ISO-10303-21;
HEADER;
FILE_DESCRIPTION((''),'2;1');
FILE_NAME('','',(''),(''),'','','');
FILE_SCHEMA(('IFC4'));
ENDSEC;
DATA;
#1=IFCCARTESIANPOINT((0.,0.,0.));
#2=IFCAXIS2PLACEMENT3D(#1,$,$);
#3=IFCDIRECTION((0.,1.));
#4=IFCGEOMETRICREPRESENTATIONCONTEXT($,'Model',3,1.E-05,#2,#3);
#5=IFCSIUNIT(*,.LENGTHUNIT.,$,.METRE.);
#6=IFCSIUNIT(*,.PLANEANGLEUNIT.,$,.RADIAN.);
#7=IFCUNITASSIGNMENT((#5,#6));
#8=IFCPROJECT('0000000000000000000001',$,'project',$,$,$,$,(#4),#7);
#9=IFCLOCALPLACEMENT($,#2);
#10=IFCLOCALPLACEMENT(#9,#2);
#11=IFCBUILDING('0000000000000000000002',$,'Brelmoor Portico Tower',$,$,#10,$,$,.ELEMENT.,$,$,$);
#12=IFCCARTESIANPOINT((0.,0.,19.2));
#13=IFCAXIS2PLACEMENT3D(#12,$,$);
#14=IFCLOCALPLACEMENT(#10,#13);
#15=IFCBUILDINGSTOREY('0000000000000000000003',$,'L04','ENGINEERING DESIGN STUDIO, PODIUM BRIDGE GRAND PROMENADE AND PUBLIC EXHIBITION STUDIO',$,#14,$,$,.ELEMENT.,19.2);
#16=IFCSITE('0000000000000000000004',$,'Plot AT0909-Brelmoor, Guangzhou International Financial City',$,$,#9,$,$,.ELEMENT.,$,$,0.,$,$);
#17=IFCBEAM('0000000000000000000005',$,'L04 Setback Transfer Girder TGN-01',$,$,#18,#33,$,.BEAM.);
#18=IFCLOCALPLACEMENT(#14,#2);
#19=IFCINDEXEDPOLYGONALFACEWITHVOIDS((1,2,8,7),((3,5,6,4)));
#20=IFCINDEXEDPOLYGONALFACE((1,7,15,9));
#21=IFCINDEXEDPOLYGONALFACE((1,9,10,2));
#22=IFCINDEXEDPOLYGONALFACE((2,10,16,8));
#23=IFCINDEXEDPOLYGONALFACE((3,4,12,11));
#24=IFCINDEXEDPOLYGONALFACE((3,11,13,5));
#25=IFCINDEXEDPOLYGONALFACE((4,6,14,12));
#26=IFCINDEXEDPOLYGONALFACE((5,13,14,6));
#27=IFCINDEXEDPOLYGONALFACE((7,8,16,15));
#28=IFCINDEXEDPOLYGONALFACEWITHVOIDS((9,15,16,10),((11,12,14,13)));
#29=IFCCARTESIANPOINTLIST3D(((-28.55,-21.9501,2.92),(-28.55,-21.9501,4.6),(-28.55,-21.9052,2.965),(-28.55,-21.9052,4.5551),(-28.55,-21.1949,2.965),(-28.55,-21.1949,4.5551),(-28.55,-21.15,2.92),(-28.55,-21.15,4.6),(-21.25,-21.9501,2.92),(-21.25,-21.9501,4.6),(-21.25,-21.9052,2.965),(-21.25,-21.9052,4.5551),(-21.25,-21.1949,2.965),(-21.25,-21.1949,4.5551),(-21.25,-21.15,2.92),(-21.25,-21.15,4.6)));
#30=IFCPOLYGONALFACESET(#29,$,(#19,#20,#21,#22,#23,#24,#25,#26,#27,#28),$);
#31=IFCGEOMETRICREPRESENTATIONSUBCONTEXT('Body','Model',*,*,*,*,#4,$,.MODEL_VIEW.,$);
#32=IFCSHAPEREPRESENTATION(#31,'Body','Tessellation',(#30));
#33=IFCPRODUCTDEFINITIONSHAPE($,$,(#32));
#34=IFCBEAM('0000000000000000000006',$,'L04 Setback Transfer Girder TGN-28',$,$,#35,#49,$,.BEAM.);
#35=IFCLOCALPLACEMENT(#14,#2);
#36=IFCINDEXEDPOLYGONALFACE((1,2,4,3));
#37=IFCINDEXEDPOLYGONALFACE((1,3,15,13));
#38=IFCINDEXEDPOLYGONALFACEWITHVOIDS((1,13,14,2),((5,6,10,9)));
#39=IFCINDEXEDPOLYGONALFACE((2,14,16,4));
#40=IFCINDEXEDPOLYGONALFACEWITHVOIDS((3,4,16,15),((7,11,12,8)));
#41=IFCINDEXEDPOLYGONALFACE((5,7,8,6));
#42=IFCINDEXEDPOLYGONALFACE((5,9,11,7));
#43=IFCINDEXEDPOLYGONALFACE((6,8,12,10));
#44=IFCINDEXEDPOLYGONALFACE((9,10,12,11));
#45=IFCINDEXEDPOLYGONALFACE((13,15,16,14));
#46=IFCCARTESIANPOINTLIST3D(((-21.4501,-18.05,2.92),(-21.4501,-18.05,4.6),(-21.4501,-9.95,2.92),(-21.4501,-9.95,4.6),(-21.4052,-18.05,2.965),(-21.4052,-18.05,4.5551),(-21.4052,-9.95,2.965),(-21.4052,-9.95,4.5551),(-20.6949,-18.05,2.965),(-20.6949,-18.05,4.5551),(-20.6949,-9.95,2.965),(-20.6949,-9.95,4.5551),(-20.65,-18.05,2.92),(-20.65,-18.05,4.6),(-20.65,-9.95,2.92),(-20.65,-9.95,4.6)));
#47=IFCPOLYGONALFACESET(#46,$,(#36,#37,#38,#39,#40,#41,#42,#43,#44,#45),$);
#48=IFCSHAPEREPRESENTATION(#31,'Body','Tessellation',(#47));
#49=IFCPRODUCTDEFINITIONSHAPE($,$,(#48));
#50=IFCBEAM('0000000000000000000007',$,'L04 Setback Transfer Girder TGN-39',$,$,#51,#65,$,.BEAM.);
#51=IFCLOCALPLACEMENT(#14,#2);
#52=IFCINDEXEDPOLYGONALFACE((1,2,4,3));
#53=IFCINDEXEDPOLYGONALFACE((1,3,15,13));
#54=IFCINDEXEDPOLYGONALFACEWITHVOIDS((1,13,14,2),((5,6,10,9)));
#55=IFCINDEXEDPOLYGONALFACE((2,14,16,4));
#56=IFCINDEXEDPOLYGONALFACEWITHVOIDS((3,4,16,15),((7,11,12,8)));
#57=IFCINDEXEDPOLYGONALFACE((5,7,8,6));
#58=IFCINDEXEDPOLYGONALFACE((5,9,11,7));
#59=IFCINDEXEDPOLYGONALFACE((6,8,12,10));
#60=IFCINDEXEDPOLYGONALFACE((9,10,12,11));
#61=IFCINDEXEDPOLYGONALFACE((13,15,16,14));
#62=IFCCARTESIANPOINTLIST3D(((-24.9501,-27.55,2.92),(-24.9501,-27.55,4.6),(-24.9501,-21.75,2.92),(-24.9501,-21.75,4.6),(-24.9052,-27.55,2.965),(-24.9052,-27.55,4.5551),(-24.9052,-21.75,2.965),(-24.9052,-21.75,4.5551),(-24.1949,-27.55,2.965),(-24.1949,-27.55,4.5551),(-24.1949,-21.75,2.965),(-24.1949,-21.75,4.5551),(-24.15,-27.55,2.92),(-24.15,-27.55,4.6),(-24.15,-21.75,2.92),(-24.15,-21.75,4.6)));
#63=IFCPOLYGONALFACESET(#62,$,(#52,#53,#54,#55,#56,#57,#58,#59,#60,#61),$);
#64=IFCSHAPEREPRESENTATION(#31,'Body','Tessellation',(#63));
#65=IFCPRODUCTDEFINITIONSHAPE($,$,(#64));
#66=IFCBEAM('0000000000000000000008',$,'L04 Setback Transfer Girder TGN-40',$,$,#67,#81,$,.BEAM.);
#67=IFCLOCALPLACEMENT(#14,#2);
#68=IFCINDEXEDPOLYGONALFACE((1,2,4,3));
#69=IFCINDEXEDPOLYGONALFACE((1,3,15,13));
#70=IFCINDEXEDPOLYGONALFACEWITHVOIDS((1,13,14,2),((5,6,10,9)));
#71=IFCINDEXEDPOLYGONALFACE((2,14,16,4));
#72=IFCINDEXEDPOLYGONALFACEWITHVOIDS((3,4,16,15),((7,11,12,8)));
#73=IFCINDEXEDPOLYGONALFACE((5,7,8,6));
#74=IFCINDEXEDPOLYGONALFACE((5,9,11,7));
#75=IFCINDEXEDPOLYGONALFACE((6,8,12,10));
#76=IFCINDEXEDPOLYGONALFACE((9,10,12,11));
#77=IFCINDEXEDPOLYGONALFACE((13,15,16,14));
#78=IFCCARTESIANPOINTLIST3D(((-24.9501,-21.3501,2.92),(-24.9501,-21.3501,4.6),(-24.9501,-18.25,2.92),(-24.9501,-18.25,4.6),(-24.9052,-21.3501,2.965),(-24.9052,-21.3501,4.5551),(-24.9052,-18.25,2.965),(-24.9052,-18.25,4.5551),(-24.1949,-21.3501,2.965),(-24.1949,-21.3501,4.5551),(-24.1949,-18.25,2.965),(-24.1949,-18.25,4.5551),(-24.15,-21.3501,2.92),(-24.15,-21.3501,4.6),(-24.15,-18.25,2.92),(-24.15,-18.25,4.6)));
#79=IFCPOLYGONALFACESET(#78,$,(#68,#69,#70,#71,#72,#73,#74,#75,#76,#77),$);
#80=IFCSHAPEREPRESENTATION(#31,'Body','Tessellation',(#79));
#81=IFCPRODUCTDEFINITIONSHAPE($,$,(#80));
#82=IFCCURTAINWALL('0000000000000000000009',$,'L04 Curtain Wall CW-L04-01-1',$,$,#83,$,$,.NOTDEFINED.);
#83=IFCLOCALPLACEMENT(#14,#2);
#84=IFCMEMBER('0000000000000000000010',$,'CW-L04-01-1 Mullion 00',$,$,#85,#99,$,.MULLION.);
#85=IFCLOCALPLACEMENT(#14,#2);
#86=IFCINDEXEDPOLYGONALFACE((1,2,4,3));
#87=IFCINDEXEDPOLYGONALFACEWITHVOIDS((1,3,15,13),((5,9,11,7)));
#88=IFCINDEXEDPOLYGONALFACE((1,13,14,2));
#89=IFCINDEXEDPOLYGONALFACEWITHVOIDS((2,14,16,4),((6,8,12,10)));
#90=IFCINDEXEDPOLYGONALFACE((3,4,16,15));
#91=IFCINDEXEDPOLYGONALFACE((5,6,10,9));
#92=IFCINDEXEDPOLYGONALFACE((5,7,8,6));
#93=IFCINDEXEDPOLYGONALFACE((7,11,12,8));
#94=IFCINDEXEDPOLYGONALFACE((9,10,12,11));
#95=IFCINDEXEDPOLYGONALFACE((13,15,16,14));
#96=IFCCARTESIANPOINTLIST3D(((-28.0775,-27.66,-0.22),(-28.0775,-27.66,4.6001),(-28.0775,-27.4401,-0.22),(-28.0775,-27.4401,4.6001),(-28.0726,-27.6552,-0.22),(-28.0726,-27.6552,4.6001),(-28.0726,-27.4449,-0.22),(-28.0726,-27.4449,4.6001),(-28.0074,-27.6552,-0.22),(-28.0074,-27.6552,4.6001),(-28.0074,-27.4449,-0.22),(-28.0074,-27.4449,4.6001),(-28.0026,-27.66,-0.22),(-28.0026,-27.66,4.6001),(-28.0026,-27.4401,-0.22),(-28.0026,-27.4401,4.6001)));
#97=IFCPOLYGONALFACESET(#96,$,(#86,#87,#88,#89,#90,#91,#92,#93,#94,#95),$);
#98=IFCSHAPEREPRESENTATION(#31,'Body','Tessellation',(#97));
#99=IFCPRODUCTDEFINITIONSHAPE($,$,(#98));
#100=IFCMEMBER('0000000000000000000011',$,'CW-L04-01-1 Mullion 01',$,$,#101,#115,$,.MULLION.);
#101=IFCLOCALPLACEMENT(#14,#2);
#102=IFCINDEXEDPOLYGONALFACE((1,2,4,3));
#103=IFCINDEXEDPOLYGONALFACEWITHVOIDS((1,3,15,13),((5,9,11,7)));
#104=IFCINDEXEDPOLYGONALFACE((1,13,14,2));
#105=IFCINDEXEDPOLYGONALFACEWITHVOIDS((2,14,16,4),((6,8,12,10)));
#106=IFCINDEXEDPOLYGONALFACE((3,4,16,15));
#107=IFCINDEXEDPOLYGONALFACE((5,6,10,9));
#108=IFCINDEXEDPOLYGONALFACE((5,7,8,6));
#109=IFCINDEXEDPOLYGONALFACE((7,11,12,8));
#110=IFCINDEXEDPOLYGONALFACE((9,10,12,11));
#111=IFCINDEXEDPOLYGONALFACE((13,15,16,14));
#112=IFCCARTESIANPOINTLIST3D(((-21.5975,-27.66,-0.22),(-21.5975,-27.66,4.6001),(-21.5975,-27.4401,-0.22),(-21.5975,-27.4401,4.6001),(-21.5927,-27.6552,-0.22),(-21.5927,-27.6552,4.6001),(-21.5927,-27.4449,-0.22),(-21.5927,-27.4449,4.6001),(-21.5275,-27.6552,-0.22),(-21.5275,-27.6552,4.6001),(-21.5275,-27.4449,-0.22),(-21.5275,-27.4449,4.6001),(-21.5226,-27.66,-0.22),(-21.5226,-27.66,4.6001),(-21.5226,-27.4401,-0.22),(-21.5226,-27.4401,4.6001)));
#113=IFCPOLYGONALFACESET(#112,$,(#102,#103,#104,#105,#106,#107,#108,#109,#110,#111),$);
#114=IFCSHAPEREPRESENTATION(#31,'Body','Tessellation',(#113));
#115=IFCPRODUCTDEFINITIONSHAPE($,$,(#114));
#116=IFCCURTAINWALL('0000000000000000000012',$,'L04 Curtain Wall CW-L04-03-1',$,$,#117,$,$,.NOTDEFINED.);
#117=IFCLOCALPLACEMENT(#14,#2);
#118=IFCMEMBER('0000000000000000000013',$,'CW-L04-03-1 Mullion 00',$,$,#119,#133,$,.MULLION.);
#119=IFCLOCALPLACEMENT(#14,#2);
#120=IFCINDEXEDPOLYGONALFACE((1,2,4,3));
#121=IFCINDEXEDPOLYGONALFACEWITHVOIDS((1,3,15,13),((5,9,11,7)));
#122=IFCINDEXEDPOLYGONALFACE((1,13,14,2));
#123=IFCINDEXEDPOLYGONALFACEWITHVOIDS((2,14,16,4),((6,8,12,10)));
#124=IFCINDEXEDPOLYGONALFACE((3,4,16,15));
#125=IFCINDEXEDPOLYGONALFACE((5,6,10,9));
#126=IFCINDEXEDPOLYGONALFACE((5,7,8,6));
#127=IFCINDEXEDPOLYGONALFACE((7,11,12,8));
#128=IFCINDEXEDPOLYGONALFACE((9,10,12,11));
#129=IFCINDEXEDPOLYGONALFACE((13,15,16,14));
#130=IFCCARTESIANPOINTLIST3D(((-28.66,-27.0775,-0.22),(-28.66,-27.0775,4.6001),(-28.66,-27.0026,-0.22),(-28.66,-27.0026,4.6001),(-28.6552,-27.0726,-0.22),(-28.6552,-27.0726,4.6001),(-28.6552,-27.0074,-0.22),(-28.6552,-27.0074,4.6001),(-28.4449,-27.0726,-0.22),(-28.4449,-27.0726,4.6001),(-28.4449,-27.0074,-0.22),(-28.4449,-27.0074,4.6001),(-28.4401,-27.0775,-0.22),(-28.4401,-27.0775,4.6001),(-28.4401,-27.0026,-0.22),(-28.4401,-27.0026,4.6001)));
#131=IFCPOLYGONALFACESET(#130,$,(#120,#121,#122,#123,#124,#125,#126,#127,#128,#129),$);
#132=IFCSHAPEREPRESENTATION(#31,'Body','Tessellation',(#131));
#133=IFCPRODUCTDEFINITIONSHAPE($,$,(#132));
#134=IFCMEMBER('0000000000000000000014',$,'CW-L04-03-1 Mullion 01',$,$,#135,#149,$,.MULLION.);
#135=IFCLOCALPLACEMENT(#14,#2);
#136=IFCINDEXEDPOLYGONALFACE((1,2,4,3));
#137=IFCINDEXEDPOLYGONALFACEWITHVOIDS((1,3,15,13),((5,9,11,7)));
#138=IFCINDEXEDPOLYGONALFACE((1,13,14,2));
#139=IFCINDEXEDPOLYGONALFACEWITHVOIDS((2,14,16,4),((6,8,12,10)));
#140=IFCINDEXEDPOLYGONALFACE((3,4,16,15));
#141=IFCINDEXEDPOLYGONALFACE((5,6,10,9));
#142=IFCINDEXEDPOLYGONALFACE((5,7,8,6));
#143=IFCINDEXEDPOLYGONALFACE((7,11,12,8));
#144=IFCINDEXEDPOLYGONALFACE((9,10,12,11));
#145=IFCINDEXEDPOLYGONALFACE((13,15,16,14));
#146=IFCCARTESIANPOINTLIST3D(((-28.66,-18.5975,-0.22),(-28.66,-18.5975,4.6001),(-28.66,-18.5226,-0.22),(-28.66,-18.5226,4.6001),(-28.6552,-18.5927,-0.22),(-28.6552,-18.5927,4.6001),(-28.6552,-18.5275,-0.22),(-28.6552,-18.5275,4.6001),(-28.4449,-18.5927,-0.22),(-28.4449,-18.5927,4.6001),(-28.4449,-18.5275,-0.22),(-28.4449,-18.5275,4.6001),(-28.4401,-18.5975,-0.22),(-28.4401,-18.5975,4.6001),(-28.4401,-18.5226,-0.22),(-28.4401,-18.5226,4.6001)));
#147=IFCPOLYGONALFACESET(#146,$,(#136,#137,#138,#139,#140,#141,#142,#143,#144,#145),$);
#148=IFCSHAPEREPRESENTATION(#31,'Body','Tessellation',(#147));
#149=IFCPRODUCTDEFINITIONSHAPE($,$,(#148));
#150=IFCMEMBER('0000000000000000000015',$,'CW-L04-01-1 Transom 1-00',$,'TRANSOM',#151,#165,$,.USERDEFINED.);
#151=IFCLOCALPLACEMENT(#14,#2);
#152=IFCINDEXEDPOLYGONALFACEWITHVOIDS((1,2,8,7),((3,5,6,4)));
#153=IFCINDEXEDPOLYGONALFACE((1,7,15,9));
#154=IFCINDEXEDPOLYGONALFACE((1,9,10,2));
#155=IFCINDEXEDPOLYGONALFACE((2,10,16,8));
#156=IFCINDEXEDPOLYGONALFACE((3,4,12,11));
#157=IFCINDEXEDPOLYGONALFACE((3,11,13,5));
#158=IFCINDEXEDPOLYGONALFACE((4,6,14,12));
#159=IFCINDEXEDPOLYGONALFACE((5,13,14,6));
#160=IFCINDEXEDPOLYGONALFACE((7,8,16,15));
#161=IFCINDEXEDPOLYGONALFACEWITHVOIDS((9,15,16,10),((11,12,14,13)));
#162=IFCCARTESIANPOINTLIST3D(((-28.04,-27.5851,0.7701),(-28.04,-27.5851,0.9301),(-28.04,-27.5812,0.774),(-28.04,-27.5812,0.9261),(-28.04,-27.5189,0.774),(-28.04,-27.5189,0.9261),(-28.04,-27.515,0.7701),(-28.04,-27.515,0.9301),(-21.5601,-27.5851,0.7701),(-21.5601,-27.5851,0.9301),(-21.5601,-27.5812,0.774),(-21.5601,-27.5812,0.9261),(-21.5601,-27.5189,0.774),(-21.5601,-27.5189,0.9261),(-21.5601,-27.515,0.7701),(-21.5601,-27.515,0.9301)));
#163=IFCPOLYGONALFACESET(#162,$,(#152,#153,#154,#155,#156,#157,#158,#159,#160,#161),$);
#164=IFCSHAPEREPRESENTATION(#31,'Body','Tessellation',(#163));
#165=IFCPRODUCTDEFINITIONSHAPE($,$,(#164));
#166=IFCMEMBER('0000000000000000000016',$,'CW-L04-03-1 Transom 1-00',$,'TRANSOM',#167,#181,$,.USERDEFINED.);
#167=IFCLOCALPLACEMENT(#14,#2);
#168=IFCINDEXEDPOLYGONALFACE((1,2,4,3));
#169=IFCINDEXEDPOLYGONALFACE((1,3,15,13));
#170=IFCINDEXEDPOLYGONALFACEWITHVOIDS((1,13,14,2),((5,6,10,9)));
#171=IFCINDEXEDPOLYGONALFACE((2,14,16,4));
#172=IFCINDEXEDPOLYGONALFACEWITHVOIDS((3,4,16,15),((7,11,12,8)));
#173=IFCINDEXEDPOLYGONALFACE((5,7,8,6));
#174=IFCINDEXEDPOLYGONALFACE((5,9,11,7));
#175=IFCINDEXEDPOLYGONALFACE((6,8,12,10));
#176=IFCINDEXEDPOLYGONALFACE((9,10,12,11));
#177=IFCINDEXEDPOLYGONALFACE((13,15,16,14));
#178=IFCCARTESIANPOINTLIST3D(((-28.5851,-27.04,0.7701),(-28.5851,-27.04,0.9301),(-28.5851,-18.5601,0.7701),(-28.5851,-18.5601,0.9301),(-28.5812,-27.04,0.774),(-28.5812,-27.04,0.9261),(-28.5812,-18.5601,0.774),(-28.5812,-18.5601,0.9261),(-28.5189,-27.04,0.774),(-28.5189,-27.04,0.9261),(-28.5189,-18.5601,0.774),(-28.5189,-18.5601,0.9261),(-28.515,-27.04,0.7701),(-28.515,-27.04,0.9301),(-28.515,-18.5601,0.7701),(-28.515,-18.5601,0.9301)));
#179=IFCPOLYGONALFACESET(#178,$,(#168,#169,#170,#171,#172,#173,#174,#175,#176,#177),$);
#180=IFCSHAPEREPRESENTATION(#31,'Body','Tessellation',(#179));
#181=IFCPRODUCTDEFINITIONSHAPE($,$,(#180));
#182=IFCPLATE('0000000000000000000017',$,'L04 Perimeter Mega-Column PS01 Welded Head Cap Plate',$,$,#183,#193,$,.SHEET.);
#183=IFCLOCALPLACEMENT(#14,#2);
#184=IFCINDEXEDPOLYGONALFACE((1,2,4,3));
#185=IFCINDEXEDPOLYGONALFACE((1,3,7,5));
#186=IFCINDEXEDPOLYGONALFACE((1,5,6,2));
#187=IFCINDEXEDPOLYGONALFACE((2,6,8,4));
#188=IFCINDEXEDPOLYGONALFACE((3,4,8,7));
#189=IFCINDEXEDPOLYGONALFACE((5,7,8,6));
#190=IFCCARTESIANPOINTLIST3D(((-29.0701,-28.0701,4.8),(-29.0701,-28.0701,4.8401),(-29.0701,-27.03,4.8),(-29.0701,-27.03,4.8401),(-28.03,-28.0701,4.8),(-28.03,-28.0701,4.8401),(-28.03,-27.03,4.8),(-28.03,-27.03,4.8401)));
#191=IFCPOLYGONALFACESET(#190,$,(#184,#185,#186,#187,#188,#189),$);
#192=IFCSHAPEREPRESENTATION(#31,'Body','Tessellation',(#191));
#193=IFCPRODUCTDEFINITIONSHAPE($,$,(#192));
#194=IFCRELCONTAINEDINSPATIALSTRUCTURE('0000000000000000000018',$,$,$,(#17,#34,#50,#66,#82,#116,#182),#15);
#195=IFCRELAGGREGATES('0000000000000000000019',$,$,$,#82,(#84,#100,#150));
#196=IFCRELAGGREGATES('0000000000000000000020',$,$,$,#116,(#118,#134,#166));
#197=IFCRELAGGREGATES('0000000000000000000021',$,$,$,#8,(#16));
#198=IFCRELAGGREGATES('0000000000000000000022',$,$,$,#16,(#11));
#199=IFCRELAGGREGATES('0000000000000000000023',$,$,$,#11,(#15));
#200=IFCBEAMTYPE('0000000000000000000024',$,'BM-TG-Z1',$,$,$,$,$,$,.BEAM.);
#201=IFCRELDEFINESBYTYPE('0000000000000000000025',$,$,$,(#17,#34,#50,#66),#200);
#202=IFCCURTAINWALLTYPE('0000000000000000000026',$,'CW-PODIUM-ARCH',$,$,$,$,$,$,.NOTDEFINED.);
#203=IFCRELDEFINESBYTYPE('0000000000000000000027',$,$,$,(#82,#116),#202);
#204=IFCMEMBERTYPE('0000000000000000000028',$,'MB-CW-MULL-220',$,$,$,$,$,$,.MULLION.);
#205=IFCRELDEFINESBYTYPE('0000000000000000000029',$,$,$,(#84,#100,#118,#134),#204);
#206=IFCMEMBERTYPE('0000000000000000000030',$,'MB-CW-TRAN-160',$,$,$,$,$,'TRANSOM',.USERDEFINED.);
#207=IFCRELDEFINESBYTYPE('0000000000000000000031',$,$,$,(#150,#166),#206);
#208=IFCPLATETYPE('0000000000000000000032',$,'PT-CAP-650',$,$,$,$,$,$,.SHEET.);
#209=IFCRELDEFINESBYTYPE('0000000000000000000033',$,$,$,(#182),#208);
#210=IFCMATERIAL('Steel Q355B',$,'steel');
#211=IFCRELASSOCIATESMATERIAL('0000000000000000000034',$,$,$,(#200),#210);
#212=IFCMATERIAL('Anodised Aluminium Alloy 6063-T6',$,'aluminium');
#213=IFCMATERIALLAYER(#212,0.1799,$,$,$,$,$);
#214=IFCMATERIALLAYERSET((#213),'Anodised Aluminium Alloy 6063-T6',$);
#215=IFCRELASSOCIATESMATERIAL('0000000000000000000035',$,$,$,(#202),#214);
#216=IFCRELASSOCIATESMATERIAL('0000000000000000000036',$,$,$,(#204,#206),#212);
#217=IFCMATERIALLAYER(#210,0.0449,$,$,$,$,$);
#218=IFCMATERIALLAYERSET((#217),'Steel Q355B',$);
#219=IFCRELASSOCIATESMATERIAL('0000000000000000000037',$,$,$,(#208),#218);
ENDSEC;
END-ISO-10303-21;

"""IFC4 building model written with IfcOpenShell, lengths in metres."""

from ifc_helpers import new_model, si_unit, direction, frame, origin, origin_2d, place, context, subcontext, project, spatial, rectangle, hollow_rectangle, extrude, material, layer, layer_set, material_profile, profile_set, type_object, element, aggregate, save


model = new_model("IFC4")

# Units and contexts
model_context = context("Model", 3, precision=1e-05, world=origin(), true_north=direction((0.0, 1.0)))
body_context = subcontext(model_context, "Body", "Model", "MODEL_VIEW")
ifc_project = project(units=[si_unit("LENGTHUNIT", "METRE"), si_unit("PLANEANGLEUNIT", "RADIAN")], contexts=[model_context])

# Site, building, storey
site_placement = place(None, origin())
site = spatial("IfcSite", under=ifc_project, at=site_placement, Name="Plot AT0909-Brelmoor, Guangzhou International Financial City", CompositionType="ELEMENT", RefElevation=0.0)
building_placement = place(site_placement, origin())
building = spatial("IfcBuilding", under=site, at=building_placement, Name="Brelmoor Portico Tower", CompositionType="ELEMENT")
storey_placement = place(building_placement, frame((0.0, 0.0, 19.2)))
storey = spatial("IfcBuildingStorey", under=building, at=storey_placement, Name="L04", Description="ENGINEERING DESIGN STUDIO, PODIUM BRIDGE GRAND PROMENADE AND PUBLIC EXHIBITION STUDIO", CompositionType="ELEMENT", Elevation=19.2)

# Shared definitions
ifc_material_1 = material(Name="Steel Q355B", Category="steel")

# Beams
ifc_material_profile_1 = material_profile(ifc_material_1, hollow_rectangle(XDim=0.8, YDim=1.6799, WallThickness=0.0449, at=origin_2d()), Name="BOX 800x1680x45")
ifc_profile_set_1 = profile_set([ifc_material_profile_1], Name="Steel Q355B")
beam_type = type_object("IfcBeamType", Name="BM-TG-Z1", PredefinedType="BEAM", material=ifc_profile_set_1)
beam_1_placement = place(storey_placement, frame((-28.55, -21.55, 3.76), z_axis=(1.0, 0.0, 0.0), x_axis=(0.0, 1.0, 0.0)))
element("IfcBeam", 1, at=beam_1_placement, inside=storey, type_object=beam_type, Name="L04 Setback Transfer Girder TGN-01", PredefinedType="BEAM", context=body_context, shape_type="SweptSolid", body=[
    extrude(hollow_rectangle(XDim=0.8, YDim=1.6799, WallThickness=0.0449, at=origin_2d()), origin(), (0.0, 0.0, 1.0), 7.3),
])
beam_2_placement = place(storey_placement, frame((-21.05, -18.05, 3.76), z_axis=(0.0, 1.0, 0.0), x_axis=(-1.0, 0.0, 0.0)))
element("IfcBeam", 2, at=beam_2_placement, inside=storey, type_object=beam_type, Name="L04 Setback Transfer Girder TGN-28", PredefinedType="BEAM", context=body_context, shape_type="SweptSolid", body=[
    extrude(hollow_rectangle(XDim=0.8, YDim=1.6799, WallThickness=0.0449, at=origin_2d()), origin(), (0.0, 0.0, 1.0), 8.1001),
])
beam_3_placement = place(storey_placement, frame((-24.55, -27.55, 3.76), z_axis=(0.0, 1.0, 0.0), x_axis=(-1.0, 0.0, 0.0)))
element("IfcBeam", 3, at=beam_3_placement, inside=storey, type_object=beam_type, Name="L04 Setback Transfer Girder TGN-39", PredefinedType="BEAM", context=body_context, shape_type="SweptSolid", body=[
    extrude(hollow_rectangle(XDim=0.8, YDim=1.6799, WallThickness=0.0449, at=origin_2d()), origin(), (0.0, 0.0, 1.0), 5.8),
])
beam_4_placement = place(storey_placement, frame((-24.55, -21.3501, 3.76), z_axis=(0.0, 1.0, 0.0), x_axis=(-1.0, 0.0, 0.0)))
element("IfcBeam", 4, at=beam_4_placement, inside=storey, type_object=beam_type, Name="L04 Setback Transfer Girder TGN-40", PredefinedType="BEAM", context=body_context, shape_type="SweptSolid", body=[
    extrude(hollow_rectangle(XDim=0.8, YDim=1.6799, WallThickness=0.0449, at=origin_2d()), origin(), (0.0, 0.0, 1.0), 3.1001),
])

# Curtain walls, members
ifc_material_2 = material(Name="Anodised Aluminium Alloy 6063-T6", Category="aluminium")
ifc_layer_1 = layer(ifc_material_2, 0.1799)
ifc_layer_set_1 = layer_set([ifc_layer_1], Name="Anodised Aluminium Alloy 6063-T6")
curtain_wall_type = type_object("IfcCurtainWallType", Name="CW-PODIUM-ARCH", PredefinedType="NOTDEFINED", material=ifc_layer_set_1)
curtain_wall_1_placement = place(storey_placement, origin())
curtain_wall_1 = element("IfcCurtainWall", 5, at=curtain_wall_1_placement, inside=storey, type_object=curtain_wall_type, Name="L04 Curtain Wall CW-L04-01-1", PredefinedType="NOTDEFINED")
ifc_material_profile_2 = material_profile(ifc_material_2, hollow_rectangle(XDim=0.075, YDim=0.22, WallThickness=0.0049, at=origin_2d()), Name="ALU MULLION 75x220")
ifc_profile_set_2 = profile_set([ifc_material_profile_2], Name="Anodised Aluminium Alloy 6063-T6")
member_type_1 = type_object("IfcMemberType", Name="MB-CW-MULL-220", PredefinedType="MULLION", material=ifc_profile_set_2)
member_1_placement = place(storey_placement, frame((-28.04, -27.55, -0.22), z_axis=(0.0, 0.0, 1.0), x_axis=(1.0, 0.0, 0.0)))
member_1 = element("IfcMember", 6, at=member_1_placement, type_object=member_type_1, Name="CW-L04-01-1 Mullion 00", PredefinedType="MULLION", context=body_context, shape_type="SweptSolid", body=[
    extrude(hollow_rectangle(XDim=0.075, YDim=0.22, WallThickness=0.0049, at=origin_2d()), origin(), (0.0, 0.0, 1.0), 4.8201),
])
member_2_placement = place(storey_placement, frame((-21.5601, -27.55, -0.22), z_axis=(0.0, 0.0, 1.0), x_axis=(1.0, 0.0, 0.0)))
member_2 = element("IfcMember", 7, at=member_2_placement, type_object=member_type_1, Name="CW-L04-01-1 Mullion 01", PredefinedType="MULLION", context=body_context, shape_type="SweptSolid", body=[
    extrude(hollow_rectangle(XDim=0.075, YDim=0.22, WallThickness=0.0049, at=origin_2d()), origin(), (0.0, 0.0, 1.0), 4.8201),
])
curtain_wall_2_placement = place(storey_placement, origin())
curtain_wall_2 = element("IfcCurtainWall", 8, at=curtain_wall_2_placement, inside=storey, type_object=curtain_wall_type, Name="L04 Curtain Wall CW-L04-03-1", PredefinedType="NOTDEFINED")
member_3_placement = place(storey_placement, frame((-28.55, -27.04, -0.22), z_axis=(0.0, 0.0, 1.0), x_axis=(0.0, 1.0, 0.0)))
member_3 = element("IfcMember", 9, at=member_3_placement, type_object=member_type_1, Name="CW-L04-03-1 Mullion 00", PredefinedType="MULLION", context=body_context, shape_type="SweptSolid", body=[
    extrude(hollow_rectangle(XDim=0.075, YDim=0.22, WallThickness=0.0049, at=origin_2d()), origin(), (0.0, 0.0, 1.0), 4.8201),
])
member_4_placement = place(storey_placement, frame((-28.55, -18.5601, -0.22), z_axis=(0.0, 0.0, 1.0), x_axis=(0.0, 1.0, 0.0)))
member_4 = element("IfcMember", 10, at=member_4_placement, type_object=member_type_1, Name="CW-L04-03-1 Mullion 01", PredefinedType="MULLION", context=body_context, shape_type="SweptSolid", body=[
    extrude(hollow_rectangle(XDim=0.075, YDim=0.22, WallThickness=0.0049, at=origin_2d()), origin(), (0.0, 0.0, 1.0), 4.8201),
])

# Members
ifc_material_profile_3 = material_profile(ifc_material_2, hollow_rectangle(XDim=0.0701, YDim=0.1599, WallThickness=0.0039, at=origin_2d()), Name="ALU TRANSOM 70x160")
ifc_profile_set_3 = profile_set([ifc_material_profile_3], Name="Anodised Aluminium Alloy 6063-T6")
member_type_2 = type_object("IfcMemberType", Name="MB-CW-TRAN-160", ElementType="TRANSOM", PredefinedType="USERDEFINED", material=ifc_profile_set_3)
member_5_placement = place(storey_placement, frame((-28.04, -27.55, 0.8501), z_axis=(1.0, 0.0, 0.0), x_axis=(0.0, 1.0, 0.0)))
member_5 = element("IfcMember", 11, at=member_5_placement, type_object=member_type_2, Name="CW-L04-01-1 Transom 1-00", ObjectType="TRANSOM", PredefinedType="USERDEFINED", context=body_context, shape_type="SweptSolid", body=[
    extrude(hollow_rectangle(XDim=0.0701, YDim=0.1599, WallThickness=0.0039, at=origin_2d()), origin(), (0.0, 0.0, 1.0), 6.48),
])
member_6_placement = place(storey_placement, frame((-28.55, -27.04, 0.8501), z_axis=(0.0, 1.0, 0.0), x_axis=(-1.0, 0.0, 0.0)))
member_6 = element("IfcMember", 12, at=member_6_placement, type_object=member_type_2, Name="CW-L04-03-1 Transom 1-00", ObjectType="TRANSOM", PredefinedType="USERDEFINED", context=body_context, shape_type="SweptSolid", body=[
    extrude(hollow_rectangle(XDim=0.0701, YDim=0.1599, WallThickness=0.0039, at=origin_2d()), origin(), (0.0, 0.0, 1.0), 8.48),
])

# Plate
ifc_layer_2 = layer(ifc_material_1, 0.0449)
ifc_layer_set_2 = layer_set([ifc_layer_2], Name="Steel Q355B")
plate_type_1 = type_object("IfcPlateType", Name="PT-CAP-650", PredefinedType="SHEET", material=ifc_layer_set_2)
for number, where, z_axis, x_axis, name in (
    (13, (-28.55, -27.55, 4.8), (0.0, 0.0, 1.0), (1.0, 0.0, 0.0), "L04 Perimeter Mega-Column PS01 Welded Head Cap Plate"),
):
    element("IfcPlate", number, at=place(storey_placement, frame(where, z_axis=z_axis, x_axis=x_axis)), inside=storey, type_object=plate_type_1, Name=name, PredefinedType="SHEET", context=body_context, shape_type="SweptSolid", body=[
        extrude(rectangle(XDim=1.04, YDim=1.04, at=origin_2d()), origin(), (0.0, 0.0, 1.0), 0.04),
    ])

aggregate(curtain_wall_1, [member_1, member_2, member_5])
aggregate(curtain_wall_2, [member_3, member_4, member_6])

save(model, "model.ifc")
